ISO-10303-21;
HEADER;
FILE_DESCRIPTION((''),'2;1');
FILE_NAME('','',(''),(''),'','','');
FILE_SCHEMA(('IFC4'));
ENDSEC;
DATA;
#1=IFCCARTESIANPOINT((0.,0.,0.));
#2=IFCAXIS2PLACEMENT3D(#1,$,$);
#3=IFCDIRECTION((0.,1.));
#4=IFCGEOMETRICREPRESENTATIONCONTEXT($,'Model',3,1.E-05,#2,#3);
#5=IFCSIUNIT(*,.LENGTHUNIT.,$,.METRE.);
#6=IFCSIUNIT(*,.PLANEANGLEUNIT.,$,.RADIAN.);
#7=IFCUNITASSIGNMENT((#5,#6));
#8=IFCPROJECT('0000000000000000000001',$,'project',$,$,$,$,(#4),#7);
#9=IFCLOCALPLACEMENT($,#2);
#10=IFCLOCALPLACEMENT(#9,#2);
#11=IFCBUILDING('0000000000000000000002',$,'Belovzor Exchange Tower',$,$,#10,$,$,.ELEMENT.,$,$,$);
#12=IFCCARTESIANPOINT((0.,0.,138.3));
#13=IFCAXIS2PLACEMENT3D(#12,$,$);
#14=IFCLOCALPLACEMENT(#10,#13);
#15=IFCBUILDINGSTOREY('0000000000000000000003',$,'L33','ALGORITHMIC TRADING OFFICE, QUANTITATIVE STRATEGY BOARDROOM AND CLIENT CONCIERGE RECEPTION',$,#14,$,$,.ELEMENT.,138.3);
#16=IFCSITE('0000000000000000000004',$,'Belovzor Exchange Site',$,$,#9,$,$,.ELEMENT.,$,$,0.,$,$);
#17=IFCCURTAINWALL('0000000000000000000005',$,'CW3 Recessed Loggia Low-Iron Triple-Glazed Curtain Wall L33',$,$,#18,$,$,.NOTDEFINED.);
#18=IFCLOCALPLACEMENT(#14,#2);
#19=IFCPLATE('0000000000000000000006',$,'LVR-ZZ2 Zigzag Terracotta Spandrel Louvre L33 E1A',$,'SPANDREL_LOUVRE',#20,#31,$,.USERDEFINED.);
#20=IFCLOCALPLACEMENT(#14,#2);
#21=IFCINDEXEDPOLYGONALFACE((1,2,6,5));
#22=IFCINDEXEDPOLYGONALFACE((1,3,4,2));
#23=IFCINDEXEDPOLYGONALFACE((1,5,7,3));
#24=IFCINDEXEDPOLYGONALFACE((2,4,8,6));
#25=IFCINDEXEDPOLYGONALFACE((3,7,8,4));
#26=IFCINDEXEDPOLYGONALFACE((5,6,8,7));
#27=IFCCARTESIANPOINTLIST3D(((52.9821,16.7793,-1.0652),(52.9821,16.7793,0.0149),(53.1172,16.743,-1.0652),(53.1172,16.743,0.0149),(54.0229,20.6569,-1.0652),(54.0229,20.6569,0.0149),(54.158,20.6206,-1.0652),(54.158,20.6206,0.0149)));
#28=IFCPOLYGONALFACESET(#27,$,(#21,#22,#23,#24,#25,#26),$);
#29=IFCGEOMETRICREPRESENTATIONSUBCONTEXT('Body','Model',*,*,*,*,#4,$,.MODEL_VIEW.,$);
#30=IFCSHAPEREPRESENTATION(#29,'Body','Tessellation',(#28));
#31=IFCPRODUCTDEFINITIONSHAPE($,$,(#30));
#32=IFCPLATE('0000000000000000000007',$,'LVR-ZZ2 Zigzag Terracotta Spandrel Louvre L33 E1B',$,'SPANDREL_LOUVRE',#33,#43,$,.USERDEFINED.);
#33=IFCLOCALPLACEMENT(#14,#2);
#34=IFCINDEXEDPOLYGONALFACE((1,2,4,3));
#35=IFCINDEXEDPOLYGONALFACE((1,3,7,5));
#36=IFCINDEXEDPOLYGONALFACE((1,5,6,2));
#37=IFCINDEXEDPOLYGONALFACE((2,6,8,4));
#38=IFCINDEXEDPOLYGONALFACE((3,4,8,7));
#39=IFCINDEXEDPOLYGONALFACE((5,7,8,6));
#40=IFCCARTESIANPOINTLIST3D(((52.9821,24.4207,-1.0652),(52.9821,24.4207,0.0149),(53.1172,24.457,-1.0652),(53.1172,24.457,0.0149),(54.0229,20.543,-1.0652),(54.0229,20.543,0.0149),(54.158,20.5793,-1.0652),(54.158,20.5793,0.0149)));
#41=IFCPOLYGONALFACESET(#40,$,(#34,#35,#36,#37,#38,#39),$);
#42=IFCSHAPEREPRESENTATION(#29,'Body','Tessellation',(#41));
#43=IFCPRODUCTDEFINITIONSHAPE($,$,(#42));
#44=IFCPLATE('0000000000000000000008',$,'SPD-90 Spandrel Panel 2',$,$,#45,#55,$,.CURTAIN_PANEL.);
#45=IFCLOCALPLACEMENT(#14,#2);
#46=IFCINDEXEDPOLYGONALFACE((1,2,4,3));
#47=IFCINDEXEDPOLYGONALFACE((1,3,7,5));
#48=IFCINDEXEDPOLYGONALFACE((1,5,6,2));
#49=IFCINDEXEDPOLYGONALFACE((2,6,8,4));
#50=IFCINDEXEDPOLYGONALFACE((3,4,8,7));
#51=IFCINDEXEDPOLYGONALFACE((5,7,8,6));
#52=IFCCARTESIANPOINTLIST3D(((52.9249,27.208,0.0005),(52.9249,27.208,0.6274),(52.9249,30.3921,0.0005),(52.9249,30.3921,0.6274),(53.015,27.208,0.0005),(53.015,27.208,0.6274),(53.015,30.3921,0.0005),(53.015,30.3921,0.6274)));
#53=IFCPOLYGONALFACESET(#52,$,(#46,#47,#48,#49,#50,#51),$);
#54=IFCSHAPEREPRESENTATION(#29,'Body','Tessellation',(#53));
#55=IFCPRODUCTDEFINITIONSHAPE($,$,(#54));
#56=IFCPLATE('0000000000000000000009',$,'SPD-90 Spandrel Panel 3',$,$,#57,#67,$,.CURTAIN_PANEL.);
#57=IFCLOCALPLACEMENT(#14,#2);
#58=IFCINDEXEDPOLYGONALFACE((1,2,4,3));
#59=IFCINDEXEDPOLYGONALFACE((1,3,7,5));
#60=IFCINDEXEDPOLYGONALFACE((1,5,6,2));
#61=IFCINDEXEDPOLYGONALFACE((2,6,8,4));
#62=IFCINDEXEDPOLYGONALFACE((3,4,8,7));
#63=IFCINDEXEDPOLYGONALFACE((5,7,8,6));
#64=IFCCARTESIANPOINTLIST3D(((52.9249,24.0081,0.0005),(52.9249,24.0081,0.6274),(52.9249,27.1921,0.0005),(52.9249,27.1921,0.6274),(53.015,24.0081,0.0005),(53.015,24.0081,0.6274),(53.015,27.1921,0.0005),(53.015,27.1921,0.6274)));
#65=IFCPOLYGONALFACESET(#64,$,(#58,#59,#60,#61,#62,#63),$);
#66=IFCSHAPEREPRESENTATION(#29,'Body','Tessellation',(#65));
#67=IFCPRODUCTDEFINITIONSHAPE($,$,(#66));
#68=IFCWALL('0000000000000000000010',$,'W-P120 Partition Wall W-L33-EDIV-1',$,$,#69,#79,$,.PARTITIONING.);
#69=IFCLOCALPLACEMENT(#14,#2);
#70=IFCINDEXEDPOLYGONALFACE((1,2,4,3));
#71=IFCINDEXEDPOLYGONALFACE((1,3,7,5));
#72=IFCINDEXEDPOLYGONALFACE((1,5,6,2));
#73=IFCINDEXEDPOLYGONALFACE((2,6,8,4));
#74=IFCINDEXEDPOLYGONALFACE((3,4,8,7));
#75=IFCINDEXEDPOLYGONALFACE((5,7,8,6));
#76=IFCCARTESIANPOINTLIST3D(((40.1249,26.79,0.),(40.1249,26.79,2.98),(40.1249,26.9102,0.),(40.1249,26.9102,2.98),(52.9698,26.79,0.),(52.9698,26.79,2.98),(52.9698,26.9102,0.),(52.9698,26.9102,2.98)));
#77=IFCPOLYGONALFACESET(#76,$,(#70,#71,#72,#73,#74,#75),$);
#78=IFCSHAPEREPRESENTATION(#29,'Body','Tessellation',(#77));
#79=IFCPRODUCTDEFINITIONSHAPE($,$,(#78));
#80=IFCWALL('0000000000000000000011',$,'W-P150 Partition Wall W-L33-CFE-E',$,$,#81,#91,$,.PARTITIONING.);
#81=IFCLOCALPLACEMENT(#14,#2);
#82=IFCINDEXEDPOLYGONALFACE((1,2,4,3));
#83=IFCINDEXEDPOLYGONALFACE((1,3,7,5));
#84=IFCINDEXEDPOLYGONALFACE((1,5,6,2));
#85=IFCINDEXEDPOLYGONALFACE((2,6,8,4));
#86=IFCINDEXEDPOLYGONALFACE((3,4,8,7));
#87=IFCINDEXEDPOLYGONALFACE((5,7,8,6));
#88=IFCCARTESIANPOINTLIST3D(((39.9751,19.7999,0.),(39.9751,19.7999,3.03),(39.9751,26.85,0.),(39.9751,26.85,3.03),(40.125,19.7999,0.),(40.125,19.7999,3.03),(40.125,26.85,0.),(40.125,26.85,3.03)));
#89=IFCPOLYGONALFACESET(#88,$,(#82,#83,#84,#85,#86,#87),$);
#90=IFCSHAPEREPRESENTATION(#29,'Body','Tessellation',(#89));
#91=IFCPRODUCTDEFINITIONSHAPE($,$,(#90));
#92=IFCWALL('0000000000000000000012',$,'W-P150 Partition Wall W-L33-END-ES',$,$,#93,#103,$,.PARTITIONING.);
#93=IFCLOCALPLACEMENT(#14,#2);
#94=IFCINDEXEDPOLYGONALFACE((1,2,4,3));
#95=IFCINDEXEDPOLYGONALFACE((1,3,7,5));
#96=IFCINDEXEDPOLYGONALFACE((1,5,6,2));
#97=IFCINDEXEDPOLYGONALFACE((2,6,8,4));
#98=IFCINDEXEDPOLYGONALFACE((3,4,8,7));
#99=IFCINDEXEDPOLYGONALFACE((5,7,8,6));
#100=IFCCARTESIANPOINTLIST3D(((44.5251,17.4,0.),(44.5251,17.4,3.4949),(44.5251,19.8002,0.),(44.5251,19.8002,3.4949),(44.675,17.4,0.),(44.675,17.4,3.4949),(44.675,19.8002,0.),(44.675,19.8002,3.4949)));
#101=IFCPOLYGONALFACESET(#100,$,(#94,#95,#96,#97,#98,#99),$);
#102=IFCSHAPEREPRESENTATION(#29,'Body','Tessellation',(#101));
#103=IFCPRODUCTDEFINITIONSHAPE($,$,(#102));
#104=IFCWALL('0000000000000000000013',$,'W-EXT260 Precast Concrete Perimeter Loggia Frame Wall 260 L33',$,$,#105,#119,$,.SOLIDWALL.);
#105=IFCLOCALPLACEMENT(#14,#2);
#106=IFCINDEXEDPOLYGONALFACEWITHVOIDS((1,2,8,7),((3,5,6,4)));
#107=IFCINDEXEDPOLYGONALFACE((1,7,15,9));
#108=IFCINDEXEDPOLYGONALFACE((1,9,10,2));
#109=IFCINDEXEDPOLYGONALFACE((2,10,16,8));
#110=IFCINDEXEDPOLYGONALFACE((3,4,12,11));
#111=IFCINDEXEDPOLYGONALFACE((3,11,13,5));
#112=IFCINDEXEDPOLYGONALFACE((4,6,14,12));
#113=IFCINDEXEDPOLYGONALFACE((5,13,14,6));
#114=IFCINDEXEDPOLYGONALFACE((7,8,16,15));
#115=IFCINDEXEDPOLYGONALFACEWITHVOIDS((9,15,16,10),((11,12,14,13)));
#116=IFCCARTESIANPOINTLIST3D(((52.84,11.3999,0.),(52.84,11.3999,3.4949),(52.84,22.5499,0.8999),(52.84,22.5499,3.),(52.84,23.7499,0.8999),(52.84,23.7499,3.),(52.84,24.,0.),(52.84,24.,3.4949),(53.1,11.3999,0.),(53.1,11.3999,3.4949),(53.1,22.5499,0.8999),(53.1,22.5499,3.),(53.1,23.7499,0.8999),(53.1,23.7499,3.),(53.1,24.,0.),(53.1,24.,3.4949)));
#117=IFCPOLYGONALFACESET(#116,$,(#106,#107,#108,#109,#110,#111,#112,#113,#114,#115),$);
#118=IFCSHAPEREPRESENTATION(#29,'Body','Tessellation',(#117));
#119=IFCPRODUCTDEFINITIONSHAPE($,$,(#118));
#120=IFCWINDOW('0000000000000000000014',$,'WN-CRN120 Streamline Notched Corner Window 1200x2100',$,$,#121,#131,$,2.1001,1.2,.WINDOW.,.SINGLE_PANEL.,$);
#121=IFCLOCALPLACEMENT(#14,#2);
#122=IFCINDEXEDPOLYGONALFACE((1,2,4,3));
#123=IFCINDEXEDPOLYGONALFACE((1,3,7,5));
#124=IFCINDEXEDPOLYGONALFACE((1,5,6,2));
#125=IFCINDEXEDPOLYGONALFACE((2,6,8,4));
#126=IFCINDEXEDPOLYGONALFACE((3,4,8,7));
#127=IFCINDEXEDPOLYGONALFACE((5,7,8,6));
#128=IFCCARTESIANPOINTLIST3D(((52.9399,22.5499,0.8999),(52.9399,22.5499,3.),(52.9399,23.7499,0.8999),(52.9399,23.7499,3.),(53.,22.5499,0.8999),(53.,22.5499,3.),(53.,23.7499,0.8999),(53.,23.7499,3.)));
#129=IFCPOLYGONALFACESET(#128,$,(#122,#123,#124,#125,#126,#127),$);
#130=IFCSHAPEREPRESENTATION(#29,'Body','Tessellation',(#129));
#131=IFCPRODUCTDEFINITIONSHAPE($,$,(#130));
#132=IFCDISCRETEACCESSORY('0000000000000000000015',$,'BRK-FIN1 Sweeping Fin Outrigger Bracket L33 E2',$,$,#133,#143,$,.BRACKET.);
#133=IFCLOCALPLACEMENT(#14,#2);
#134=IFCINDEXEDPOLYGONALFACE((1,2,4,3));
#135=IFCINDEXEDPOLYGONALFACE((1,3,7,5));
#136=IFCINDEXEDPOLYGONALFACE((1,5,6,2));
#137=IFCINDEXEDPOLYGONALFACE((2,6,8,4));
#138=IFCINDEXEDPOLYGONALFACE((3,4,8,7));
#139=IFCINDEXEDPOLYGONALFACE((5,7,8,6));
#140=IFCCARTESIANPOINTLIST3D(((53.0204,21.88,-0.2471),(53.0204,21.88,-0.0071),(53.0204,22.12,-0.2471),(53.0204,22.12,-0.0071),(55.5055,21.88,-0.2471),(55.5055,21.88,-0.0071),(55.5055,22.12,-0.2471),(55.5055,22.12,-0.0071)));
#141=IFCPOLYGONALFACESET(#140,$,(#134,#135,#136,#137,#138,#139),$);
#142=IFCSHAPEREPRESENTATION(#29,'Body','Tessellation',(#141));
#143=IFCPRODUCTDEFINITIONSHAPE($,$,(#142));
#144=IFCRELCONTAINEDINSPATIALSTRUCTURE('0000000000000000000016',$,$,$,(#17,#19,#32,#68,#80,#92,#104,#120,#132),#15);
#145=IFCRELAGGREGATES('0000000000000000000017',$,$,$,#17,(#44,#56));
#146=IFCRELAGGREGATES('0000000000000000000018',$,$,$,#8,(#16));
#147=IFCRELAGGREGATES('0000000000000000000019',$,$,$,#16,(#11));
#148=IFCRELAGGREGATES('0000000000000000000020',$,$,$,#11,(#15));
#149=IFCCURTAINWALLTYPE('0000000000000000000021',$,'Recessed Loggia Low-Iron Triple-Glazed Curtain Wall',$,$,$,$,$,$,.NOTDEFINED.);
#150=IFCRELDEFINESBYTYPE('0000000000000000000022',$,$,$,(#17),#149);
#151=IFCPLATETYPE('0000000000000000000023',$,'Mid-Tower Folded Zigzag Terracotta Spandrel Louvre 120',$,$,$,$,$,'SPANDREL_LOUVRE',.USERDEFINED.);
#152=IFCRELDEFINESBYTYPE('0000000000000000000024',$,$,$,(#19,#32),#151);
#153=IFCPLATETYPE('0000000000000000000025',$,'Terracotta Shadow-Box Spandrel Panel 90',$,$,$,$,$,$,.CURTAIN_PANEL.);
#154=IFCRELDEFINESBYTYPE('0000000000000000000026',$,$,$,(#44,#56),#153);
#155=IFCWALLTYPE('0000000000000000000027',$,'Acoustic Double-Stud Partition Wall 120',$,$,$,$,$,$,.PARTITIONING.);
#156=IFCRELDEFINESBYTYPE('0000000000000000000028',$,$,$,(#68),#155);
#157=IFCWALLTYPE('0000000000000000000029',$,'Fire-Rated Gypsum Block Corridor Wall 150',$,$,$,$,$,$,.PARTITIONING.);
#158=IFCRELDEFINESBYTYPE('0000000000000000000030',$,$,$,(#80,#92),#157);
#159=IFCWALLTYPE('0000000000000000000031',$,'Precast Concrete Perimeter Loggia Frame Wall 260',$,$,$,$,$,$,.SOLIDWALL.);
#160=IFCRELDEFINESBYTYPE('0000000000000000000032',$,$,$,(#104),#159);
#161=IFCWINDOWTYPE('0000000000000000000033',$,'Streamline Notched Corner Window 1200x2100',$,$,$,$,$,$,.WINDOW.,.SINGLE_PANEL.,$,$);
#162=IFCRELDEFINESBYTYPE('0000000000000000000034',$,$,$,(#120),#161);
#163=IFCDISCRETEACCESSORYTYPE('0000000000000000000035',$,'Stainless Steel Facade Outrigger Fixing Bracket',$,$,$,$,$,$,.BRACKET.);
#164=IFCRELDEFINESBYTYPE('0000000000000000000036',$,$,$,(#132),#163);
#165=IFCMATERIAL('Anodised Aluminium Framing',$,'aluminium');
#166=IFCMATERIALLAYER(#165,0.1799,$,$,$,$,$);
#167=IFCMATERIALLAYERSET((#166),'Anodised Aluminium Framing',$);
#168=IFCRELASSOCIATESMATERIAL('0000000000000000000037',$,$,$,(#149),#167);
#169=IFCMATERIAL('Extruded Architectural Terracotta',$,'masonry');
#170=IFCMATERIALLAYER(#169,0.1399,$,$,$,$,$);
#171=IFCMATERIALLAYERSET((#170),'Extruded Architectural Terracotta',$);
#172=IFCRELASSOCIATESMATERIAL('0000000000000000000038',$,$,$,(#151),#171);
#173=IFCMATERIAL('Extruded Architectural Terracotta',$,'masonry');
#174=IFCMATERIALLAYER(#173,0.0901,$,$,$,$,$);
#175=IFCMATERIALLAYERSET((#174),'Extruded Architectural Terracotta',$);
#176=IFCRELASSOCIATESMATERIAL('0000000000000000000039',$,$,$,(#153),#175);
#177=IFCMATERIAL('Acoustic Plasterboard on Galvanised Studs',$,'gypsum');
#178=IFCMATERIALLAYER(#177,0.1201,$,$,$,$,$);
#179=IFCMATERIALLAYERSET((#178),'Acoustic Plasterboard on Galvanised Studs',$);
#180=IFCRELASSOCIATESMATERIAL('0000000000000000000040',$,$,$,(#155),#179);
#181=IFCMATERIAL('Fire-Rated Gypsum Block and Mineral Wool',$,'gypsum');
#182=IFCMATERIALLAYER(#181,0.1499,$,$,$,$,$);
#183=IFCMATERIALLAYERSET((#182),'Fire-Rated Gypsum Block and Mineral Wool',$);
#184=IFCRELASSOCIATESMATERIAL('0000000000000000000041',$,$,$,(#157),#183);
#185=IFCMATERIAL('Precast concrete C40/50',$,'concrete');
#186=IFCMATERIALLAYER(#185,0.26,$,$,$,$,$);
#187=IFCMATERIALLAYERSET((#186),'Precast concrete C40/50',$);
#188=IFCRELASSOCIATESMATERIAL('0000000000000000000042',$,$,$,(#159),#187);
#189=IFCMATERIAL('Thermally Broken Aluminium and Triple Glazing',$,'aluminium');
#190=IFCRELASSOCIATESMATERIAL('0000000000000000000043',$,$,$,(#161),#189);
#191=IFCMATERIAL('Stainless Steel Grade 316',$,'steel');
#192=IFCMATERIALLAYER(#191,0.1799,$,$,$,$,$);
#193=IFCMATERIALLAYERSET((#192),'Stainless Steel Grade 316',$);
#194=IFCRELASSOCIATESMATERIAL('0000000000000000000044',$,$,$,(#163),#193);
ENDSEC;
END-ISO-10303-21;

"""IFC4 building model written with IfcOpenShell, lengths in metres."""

from ifc_helpers import new_model, si_unit, direction, frame, frame_2d, origin, origin_2d, place, context, subcontext, project, spatial, rectangle, extrude, material, layer, layer_set, type_object, element, fill, aggregate, save


model = new_model("IFC4")

# Units and contexts
model_context = context("Model", 3, precision=1e-05, world=origin(), true_north=direction((0.0, 1.0)))
body_context = subcontext(model_context, "Body", "Model", "MODEL_VIEW")
ifc_project = project(units=[si_unit("LENGTHUNIT", "METRE"), si_unit("PLANEANGLEUNIT", "RADIAN")], contexts=[model_context])

# Site, building, storey
site_placement = place(None, origin())
site = spatial("IfcSite", under=ifc_project, at=site_placement, Name="Belovzor Exchange Site", CompositionType="ELEMENT", RefElevation=0.0)
building_placement = place(site_placement, origin())
building = spatial("IfcBuilding", under=site, at=building_placement, Name="Belovzor Exchange Tower", CompositionType="ELEMENT")
storey_placement = place(building_placement, frame((0.0, 0.0, 138.3)))
storey = spatial("IfcBuildingStorey", under=building, at=storey_placement, Name="L33", Description="ALGORITHMIC TRADING OFFICE, QUANTITATIVE STRATEGY BOARDROOM AND CLIENT CONCIERGE RECEPTION", CompositionType="ELEMENT", Elevation=138.3)

# Curtain wall
ifc_material_1 = material(Name="Anodised Aluminium Framing", Category="aluminium")
ifc_layer_1 = layer(ifc_material_1, 0.1799)
ifc_layer_set_1 = layer_set([ifc_layer_1], Name="Anodised Aluminium Framing")
curtain_wall_type = type_object("IfcCurtainWallType", Name="Recessed Loggia Low-Iron Triple-Glazed Curtain Wall", PredefinedType="NOTDEFINED", material=ifc_layer_set_1)
curtain_wall_placement = place(storey_placement, origin())
curtain_wall = element("IfcCurtainWall", 1, at=curtain_wall_placement, inside=storey, type_object=curtain_wall_type, Name="CW3 Recessed Loggia Low-Iron Triple-Glazed Curtain Wall L33", PredefinedType="NOTDEFINED")

# Plates
ifc_material_2 = material(Name="Extruded Architectural Terracotta", Category="masonry")
ifc_layer_2 = layer(ifc_material_2, 0.1399)
ifc_layer_set_2 = layer_set([ifc_layer_2], Name="Extruded Architectural Terracotta")
plate_type_1 = type_object("IfcPlateType", Name="Mid-Tower Folded Zigzag Terracotta Spandrel Louvre 120", ElementType="SPANDREL_LOUVRE", PredefinedType="USERDEFINED", material=ifc_layer_set_2)
for number, where, z_axis, x_axis, name in (
    (2, (53.5701, 18.7, -1.0652), (0.0, 0.0, 1.0), (0.25924, 0.965813, 0.0), "LVR-ZZ2 Zigzag Terracotta Spandrel Louvre L33 E1A"),
    (3, (53.5701, 22.5, -1.0652), (0.0, 0.0, 1.0), (-0.25924, 0.965813, 0.0), "LVR-ZZ2 Zigzag Terracotta Spandrel Louvre L33 E1B"),
):
    element("IfcPlate", number, at=place(storey_placement, frame(where, z_axis=z_axis, x_axis=x_axis)), inside=storey, type_object=plate_type_1, Name=name, ObjectType="SPANDREL_LOUVRE", PredefinedType="USERDEFINED", context=body_context, shape_type="SweptSolid", body=[
        extrude(rectangle(XDim=4.0149, YDim=0.1399, at=origin_2d()), origin(), (0.0, 0.0, 1.0), 1.0801),
    ])

# Plates
ifc_material_3 = material(Name="Extruded Architectural Terracotta", Category="masonry")
ifc_layer_3 = layer(ifc_material_3, 0.0901)
ifc_layer_set_3 = layer_set([ifc_layer_3], Name="Extruded Architectural Terracotta")
plate_type_2 = type_object("IfcPlateType", Name="Terracotta Shadow-Box Spandrel Panel 90", PredefinedType="CURTAIN_PANEL", material=ifc_layer_set_3)
plate_1_placement = place(storey_placement, frame((52.97, 28.8, 0.0005), z_axis=(0.0, 0.0, 1.0), x_axis=(0.0, -1.0, 0.0)))
plate_1 = element("IfcPlate", 4, at=plate_1_placement, type_object=plate_type_2, Name="SPD-90 Spandrel Panel 2", PredefinedType="CURTAIN_PANEL", context=body_context, shape_type="SweptSolid", body=[
    extrude(rectangle(XDim=3.1841, YDim=0.0901, at=origin_2d()), origin(), (0.0, 0.0, 1.0), 0.627),
])
plate_2_placement = place(storey_placement, frame((52.97, 25.6001, 0.0005), z_axis=(0.0, 0.0, 1.0), x_axis=(0.0, -1.0, 0.0)))
plate_2 = element("IfcPlate", 5, at=plate_2_placement, type_object=plate_type_2, Name="SPD-90 Spandrel Panel 3", PredefinedType="CURTAIN_PANEL", context=body_context, shape_type="SweptSolid", body=[
    extrude(rectangle(XDim=3.1841, YDim=0.0901, at=origin_2d()), origin(), (0.0, 0.0, 1.0), 0.627),
])
aggregate(curtain_wall, [plate_1, plate_2])

# Walls
ifc_material_4 = material(Name="Acoustic Plasterboard on Galvanised Studs", Category="gypsum")
ifc_layer_4 = layer(ifc_material_4, 0.1201)
ifc_layer_set_4 = layer_set([ifc_layer_4], Name="Acoustic Plasterboard on Galvanised Studs")
wall_type_1 = type_object("IfcWallType", Name="Acoustic Double-Stud Partition Wall 120", PredefinedType="PARTITIONING", material=ifc_layer_set_4)
wall_1_placement = place(storey_placement, frame((40.125, 26.8501, 0.0), z_axis=(0.0, 0.0, 1.0), x_axis=(1.0, 0.0, 0.0)))
element("IfcWall", 6, at=wall_1_placement, inside=storey, type_object=wall_type_1, Name="W-P120 Partition Wall W-L33-EDIV-1", PredefinedType="PARTITIONING", context=body_context, shape_type="SweptSolid", body=[
    extrude(rectangle(XDim=12.845, YDim=0.1201, at=frame_2d((6.4224, 0.0))), origin(), (0.0, 0.0, 1.0), 2.98),
])
ifc_material_5 = material(Name="Fire-Rated Gypsum Block and Mineral Wool", Category="gypsum")
ifc_layer_5 = layer(ifc_material_5, 0.1499)
ifc_layer_set_5 = layer_set([ifc_layer_5], Name="Fire-Rated Gypsum Block and Mineral Wool")
wall_type_2 = type_object("IfcWallType", Name="Fire-Rated Gypsum Block Corridor Wall 150", PredefinedType="PARTITIONING", material=ifc_layer_set_5)
wall_2_placement = place(storey_placement, frame((40.05, 19.8, 0.0), z_axis=(0.0, 0.0, 1.0), x_axis=(0.0, 1.0, 0.0)))
element("IfcWall", 7, at=wall_2_placement, inside=storey, type_object=wall_type_2, Name="W-P150 Partition Wall W-L33-CFE-E", PredefinedType="PARTITIONING", context=body_context, shape_type="SweptSolid", body=[
    extrude(rectangle(XDim=7.05, YDim=0.1499, at=frame_2d((3.5249, 0.0))), origin(), (0.0, 0.0, 1.0), 3.03),
])
wall_3_placement = place(storey_placement, frame((44.6001, 17.3999, 0.0), z_axis=(0.0, 0.0, 1.0), x_axis=(0.0, 1.0, 0.0)))
element("IfcWall", 8, at=wall_3_placement, inside=storey, type_object=wall_type_2, Name="W-P150 Partition Wall W-L33-END-ES", PredefinedType="PARTITIONING", context=body_context, shape_type="SweptSolid", body=[
    extrude(rectangle(XDim=2.4001, YDim=0.1499, at=frame_2d((1.2002, 0.0))), origin(), (0.0, 0.0, 1.0), 3.4949),
])

# Wall, opening, window
ifc_material_6 = material(Name="Precast concrete C40/50", Category="concrete")
ifc_layer_6 = layer(ifc_material_6, 0.26)
ifc_layer_set_6 = layer_set([ifc_layer_6], Name="Precast concrete C40/50")
wall_type_3 = type_object("IfcWallType", Name="Precast Concrete Perimeter Loggia Frame Wall 260", PredefinedType="SOLIDWALL", material=ifc_layer_set_6)
wall_4_placement = place(storey_placement, frame((52.97, 24.0, 0.0), z_axis=(0.0, 0.0, 1.0), x_axis=(0.0, -1.0, 0.0)))
wall_4 = element("IfcWall", 9, at=wall_4_placement, inside=storey, type_object=wall_type_3, Name="W-EXT260 Precast Concrete Perimeter Loggia Frame Wall 260 L33", PredefinedType="SOLIDWALL", context=body_context, shape_type="SweptSolid", body=[
    extrude(rectangle(XDim=12.6001, YDim=0.26, at=frame_2d((6.3, 0.0))), origin(), (0.0, 0.0, 1.0), 3.4949),
])
opening_placement = place(wall_4_placement, frame((0.25, 0.0, 0.8999)))
opening = element("IfcOpeningElement", 10, at=opening_placement, cuts=wall_4, PredefinedType="OPENING", context=body_context, shape_type="SweptSolid", body=[
    extrude(rectangle(XDim=1.2, YDim=2.1001, at=frame_2d((0.6001, 1.05))), frame((0.0, 0.1399, 0.0), z_axis=(0.0, -1.0, 0.0), x_axis=(1.0, 0.0, 0.0)), (0.0, 0.0, 1.0), 0.28),
])
ifc_material_7 = material(Name="Thermally Broken Aluminium and Triple Glazing", Category="aluminium")
window_type = type_object("IfcWindowType", Name="Streamline Notched Corner Window 1200x2100", PartitioningType="SINGLE_PANEL", PredefinedType="WINDOW", material=ifc_material_7)
window_placement = place(opening_placement, origin())
window = element("IfcWindow", 11, at=window_placement, inside=storey, type_object=window_type, Name="WN-CRN120 Streamline Notched Corner Window 1200x2100", OverallHeight=2.1001, OverallWidth=1.2, PartitioningType="SINGLE_PANEL", PredefinedType="WINDOW", context=body_context, shape_type="SweptSolid", body=[
    extrude(rectangle(XDim=1.2, YDim=2.1001, at=frame_2d((0.6001, 1.05))), frame((0.0, 0.03, 0.0), z_axis=(0.0, -1.0, 0.0), x_axis=(1.0, 0.0, 0.0)), (0.0, 0.0, 1.0), 0.0601),
])
fill(opening, window)

# Discrete accessory
ifc_material_8 = material(Name="Stainless Steel Grade 316", Category="steel")
ifc_layer_7 = layer(ifc_material_8, 0.1799)
ifc_layer_set_7 = layer_set([ifc_layer_7], Name="Stainless Steel Grade 316")
discrete_accessory_type = type_object("IfcDiscreteAccessoryType", Name="Stainless Steel Facade Outrigger Fixing Bracket", PredefinedType="BRACKET", material=ifc_layer_set_7)
discrete_accessory_placement = place(storey_placement, frame((54.2629, 22.0, -0.2471), z_axis=(0.0, 0.0, 1.0), x_axis=(1.0, 0.0, 0.0)))
element("IfcDiscreteAccessory", 12, at=discrete_accessory_placement, inside=storey, type_object=discrete_accessory_type, Name="BRK-FIN1 Sweeping Fin Outrigger Bracket L33 E2", PredefinedType="BRACKET", context=body_context, shape_type="SweptSolid", body=[
    extrude(rectangle(XDim=2.4851, YDim=0.24, at=origin_2d()), origin(), (0.0, 0.0, 1.0), 0.24),
])

save(model, "model.ifc")
